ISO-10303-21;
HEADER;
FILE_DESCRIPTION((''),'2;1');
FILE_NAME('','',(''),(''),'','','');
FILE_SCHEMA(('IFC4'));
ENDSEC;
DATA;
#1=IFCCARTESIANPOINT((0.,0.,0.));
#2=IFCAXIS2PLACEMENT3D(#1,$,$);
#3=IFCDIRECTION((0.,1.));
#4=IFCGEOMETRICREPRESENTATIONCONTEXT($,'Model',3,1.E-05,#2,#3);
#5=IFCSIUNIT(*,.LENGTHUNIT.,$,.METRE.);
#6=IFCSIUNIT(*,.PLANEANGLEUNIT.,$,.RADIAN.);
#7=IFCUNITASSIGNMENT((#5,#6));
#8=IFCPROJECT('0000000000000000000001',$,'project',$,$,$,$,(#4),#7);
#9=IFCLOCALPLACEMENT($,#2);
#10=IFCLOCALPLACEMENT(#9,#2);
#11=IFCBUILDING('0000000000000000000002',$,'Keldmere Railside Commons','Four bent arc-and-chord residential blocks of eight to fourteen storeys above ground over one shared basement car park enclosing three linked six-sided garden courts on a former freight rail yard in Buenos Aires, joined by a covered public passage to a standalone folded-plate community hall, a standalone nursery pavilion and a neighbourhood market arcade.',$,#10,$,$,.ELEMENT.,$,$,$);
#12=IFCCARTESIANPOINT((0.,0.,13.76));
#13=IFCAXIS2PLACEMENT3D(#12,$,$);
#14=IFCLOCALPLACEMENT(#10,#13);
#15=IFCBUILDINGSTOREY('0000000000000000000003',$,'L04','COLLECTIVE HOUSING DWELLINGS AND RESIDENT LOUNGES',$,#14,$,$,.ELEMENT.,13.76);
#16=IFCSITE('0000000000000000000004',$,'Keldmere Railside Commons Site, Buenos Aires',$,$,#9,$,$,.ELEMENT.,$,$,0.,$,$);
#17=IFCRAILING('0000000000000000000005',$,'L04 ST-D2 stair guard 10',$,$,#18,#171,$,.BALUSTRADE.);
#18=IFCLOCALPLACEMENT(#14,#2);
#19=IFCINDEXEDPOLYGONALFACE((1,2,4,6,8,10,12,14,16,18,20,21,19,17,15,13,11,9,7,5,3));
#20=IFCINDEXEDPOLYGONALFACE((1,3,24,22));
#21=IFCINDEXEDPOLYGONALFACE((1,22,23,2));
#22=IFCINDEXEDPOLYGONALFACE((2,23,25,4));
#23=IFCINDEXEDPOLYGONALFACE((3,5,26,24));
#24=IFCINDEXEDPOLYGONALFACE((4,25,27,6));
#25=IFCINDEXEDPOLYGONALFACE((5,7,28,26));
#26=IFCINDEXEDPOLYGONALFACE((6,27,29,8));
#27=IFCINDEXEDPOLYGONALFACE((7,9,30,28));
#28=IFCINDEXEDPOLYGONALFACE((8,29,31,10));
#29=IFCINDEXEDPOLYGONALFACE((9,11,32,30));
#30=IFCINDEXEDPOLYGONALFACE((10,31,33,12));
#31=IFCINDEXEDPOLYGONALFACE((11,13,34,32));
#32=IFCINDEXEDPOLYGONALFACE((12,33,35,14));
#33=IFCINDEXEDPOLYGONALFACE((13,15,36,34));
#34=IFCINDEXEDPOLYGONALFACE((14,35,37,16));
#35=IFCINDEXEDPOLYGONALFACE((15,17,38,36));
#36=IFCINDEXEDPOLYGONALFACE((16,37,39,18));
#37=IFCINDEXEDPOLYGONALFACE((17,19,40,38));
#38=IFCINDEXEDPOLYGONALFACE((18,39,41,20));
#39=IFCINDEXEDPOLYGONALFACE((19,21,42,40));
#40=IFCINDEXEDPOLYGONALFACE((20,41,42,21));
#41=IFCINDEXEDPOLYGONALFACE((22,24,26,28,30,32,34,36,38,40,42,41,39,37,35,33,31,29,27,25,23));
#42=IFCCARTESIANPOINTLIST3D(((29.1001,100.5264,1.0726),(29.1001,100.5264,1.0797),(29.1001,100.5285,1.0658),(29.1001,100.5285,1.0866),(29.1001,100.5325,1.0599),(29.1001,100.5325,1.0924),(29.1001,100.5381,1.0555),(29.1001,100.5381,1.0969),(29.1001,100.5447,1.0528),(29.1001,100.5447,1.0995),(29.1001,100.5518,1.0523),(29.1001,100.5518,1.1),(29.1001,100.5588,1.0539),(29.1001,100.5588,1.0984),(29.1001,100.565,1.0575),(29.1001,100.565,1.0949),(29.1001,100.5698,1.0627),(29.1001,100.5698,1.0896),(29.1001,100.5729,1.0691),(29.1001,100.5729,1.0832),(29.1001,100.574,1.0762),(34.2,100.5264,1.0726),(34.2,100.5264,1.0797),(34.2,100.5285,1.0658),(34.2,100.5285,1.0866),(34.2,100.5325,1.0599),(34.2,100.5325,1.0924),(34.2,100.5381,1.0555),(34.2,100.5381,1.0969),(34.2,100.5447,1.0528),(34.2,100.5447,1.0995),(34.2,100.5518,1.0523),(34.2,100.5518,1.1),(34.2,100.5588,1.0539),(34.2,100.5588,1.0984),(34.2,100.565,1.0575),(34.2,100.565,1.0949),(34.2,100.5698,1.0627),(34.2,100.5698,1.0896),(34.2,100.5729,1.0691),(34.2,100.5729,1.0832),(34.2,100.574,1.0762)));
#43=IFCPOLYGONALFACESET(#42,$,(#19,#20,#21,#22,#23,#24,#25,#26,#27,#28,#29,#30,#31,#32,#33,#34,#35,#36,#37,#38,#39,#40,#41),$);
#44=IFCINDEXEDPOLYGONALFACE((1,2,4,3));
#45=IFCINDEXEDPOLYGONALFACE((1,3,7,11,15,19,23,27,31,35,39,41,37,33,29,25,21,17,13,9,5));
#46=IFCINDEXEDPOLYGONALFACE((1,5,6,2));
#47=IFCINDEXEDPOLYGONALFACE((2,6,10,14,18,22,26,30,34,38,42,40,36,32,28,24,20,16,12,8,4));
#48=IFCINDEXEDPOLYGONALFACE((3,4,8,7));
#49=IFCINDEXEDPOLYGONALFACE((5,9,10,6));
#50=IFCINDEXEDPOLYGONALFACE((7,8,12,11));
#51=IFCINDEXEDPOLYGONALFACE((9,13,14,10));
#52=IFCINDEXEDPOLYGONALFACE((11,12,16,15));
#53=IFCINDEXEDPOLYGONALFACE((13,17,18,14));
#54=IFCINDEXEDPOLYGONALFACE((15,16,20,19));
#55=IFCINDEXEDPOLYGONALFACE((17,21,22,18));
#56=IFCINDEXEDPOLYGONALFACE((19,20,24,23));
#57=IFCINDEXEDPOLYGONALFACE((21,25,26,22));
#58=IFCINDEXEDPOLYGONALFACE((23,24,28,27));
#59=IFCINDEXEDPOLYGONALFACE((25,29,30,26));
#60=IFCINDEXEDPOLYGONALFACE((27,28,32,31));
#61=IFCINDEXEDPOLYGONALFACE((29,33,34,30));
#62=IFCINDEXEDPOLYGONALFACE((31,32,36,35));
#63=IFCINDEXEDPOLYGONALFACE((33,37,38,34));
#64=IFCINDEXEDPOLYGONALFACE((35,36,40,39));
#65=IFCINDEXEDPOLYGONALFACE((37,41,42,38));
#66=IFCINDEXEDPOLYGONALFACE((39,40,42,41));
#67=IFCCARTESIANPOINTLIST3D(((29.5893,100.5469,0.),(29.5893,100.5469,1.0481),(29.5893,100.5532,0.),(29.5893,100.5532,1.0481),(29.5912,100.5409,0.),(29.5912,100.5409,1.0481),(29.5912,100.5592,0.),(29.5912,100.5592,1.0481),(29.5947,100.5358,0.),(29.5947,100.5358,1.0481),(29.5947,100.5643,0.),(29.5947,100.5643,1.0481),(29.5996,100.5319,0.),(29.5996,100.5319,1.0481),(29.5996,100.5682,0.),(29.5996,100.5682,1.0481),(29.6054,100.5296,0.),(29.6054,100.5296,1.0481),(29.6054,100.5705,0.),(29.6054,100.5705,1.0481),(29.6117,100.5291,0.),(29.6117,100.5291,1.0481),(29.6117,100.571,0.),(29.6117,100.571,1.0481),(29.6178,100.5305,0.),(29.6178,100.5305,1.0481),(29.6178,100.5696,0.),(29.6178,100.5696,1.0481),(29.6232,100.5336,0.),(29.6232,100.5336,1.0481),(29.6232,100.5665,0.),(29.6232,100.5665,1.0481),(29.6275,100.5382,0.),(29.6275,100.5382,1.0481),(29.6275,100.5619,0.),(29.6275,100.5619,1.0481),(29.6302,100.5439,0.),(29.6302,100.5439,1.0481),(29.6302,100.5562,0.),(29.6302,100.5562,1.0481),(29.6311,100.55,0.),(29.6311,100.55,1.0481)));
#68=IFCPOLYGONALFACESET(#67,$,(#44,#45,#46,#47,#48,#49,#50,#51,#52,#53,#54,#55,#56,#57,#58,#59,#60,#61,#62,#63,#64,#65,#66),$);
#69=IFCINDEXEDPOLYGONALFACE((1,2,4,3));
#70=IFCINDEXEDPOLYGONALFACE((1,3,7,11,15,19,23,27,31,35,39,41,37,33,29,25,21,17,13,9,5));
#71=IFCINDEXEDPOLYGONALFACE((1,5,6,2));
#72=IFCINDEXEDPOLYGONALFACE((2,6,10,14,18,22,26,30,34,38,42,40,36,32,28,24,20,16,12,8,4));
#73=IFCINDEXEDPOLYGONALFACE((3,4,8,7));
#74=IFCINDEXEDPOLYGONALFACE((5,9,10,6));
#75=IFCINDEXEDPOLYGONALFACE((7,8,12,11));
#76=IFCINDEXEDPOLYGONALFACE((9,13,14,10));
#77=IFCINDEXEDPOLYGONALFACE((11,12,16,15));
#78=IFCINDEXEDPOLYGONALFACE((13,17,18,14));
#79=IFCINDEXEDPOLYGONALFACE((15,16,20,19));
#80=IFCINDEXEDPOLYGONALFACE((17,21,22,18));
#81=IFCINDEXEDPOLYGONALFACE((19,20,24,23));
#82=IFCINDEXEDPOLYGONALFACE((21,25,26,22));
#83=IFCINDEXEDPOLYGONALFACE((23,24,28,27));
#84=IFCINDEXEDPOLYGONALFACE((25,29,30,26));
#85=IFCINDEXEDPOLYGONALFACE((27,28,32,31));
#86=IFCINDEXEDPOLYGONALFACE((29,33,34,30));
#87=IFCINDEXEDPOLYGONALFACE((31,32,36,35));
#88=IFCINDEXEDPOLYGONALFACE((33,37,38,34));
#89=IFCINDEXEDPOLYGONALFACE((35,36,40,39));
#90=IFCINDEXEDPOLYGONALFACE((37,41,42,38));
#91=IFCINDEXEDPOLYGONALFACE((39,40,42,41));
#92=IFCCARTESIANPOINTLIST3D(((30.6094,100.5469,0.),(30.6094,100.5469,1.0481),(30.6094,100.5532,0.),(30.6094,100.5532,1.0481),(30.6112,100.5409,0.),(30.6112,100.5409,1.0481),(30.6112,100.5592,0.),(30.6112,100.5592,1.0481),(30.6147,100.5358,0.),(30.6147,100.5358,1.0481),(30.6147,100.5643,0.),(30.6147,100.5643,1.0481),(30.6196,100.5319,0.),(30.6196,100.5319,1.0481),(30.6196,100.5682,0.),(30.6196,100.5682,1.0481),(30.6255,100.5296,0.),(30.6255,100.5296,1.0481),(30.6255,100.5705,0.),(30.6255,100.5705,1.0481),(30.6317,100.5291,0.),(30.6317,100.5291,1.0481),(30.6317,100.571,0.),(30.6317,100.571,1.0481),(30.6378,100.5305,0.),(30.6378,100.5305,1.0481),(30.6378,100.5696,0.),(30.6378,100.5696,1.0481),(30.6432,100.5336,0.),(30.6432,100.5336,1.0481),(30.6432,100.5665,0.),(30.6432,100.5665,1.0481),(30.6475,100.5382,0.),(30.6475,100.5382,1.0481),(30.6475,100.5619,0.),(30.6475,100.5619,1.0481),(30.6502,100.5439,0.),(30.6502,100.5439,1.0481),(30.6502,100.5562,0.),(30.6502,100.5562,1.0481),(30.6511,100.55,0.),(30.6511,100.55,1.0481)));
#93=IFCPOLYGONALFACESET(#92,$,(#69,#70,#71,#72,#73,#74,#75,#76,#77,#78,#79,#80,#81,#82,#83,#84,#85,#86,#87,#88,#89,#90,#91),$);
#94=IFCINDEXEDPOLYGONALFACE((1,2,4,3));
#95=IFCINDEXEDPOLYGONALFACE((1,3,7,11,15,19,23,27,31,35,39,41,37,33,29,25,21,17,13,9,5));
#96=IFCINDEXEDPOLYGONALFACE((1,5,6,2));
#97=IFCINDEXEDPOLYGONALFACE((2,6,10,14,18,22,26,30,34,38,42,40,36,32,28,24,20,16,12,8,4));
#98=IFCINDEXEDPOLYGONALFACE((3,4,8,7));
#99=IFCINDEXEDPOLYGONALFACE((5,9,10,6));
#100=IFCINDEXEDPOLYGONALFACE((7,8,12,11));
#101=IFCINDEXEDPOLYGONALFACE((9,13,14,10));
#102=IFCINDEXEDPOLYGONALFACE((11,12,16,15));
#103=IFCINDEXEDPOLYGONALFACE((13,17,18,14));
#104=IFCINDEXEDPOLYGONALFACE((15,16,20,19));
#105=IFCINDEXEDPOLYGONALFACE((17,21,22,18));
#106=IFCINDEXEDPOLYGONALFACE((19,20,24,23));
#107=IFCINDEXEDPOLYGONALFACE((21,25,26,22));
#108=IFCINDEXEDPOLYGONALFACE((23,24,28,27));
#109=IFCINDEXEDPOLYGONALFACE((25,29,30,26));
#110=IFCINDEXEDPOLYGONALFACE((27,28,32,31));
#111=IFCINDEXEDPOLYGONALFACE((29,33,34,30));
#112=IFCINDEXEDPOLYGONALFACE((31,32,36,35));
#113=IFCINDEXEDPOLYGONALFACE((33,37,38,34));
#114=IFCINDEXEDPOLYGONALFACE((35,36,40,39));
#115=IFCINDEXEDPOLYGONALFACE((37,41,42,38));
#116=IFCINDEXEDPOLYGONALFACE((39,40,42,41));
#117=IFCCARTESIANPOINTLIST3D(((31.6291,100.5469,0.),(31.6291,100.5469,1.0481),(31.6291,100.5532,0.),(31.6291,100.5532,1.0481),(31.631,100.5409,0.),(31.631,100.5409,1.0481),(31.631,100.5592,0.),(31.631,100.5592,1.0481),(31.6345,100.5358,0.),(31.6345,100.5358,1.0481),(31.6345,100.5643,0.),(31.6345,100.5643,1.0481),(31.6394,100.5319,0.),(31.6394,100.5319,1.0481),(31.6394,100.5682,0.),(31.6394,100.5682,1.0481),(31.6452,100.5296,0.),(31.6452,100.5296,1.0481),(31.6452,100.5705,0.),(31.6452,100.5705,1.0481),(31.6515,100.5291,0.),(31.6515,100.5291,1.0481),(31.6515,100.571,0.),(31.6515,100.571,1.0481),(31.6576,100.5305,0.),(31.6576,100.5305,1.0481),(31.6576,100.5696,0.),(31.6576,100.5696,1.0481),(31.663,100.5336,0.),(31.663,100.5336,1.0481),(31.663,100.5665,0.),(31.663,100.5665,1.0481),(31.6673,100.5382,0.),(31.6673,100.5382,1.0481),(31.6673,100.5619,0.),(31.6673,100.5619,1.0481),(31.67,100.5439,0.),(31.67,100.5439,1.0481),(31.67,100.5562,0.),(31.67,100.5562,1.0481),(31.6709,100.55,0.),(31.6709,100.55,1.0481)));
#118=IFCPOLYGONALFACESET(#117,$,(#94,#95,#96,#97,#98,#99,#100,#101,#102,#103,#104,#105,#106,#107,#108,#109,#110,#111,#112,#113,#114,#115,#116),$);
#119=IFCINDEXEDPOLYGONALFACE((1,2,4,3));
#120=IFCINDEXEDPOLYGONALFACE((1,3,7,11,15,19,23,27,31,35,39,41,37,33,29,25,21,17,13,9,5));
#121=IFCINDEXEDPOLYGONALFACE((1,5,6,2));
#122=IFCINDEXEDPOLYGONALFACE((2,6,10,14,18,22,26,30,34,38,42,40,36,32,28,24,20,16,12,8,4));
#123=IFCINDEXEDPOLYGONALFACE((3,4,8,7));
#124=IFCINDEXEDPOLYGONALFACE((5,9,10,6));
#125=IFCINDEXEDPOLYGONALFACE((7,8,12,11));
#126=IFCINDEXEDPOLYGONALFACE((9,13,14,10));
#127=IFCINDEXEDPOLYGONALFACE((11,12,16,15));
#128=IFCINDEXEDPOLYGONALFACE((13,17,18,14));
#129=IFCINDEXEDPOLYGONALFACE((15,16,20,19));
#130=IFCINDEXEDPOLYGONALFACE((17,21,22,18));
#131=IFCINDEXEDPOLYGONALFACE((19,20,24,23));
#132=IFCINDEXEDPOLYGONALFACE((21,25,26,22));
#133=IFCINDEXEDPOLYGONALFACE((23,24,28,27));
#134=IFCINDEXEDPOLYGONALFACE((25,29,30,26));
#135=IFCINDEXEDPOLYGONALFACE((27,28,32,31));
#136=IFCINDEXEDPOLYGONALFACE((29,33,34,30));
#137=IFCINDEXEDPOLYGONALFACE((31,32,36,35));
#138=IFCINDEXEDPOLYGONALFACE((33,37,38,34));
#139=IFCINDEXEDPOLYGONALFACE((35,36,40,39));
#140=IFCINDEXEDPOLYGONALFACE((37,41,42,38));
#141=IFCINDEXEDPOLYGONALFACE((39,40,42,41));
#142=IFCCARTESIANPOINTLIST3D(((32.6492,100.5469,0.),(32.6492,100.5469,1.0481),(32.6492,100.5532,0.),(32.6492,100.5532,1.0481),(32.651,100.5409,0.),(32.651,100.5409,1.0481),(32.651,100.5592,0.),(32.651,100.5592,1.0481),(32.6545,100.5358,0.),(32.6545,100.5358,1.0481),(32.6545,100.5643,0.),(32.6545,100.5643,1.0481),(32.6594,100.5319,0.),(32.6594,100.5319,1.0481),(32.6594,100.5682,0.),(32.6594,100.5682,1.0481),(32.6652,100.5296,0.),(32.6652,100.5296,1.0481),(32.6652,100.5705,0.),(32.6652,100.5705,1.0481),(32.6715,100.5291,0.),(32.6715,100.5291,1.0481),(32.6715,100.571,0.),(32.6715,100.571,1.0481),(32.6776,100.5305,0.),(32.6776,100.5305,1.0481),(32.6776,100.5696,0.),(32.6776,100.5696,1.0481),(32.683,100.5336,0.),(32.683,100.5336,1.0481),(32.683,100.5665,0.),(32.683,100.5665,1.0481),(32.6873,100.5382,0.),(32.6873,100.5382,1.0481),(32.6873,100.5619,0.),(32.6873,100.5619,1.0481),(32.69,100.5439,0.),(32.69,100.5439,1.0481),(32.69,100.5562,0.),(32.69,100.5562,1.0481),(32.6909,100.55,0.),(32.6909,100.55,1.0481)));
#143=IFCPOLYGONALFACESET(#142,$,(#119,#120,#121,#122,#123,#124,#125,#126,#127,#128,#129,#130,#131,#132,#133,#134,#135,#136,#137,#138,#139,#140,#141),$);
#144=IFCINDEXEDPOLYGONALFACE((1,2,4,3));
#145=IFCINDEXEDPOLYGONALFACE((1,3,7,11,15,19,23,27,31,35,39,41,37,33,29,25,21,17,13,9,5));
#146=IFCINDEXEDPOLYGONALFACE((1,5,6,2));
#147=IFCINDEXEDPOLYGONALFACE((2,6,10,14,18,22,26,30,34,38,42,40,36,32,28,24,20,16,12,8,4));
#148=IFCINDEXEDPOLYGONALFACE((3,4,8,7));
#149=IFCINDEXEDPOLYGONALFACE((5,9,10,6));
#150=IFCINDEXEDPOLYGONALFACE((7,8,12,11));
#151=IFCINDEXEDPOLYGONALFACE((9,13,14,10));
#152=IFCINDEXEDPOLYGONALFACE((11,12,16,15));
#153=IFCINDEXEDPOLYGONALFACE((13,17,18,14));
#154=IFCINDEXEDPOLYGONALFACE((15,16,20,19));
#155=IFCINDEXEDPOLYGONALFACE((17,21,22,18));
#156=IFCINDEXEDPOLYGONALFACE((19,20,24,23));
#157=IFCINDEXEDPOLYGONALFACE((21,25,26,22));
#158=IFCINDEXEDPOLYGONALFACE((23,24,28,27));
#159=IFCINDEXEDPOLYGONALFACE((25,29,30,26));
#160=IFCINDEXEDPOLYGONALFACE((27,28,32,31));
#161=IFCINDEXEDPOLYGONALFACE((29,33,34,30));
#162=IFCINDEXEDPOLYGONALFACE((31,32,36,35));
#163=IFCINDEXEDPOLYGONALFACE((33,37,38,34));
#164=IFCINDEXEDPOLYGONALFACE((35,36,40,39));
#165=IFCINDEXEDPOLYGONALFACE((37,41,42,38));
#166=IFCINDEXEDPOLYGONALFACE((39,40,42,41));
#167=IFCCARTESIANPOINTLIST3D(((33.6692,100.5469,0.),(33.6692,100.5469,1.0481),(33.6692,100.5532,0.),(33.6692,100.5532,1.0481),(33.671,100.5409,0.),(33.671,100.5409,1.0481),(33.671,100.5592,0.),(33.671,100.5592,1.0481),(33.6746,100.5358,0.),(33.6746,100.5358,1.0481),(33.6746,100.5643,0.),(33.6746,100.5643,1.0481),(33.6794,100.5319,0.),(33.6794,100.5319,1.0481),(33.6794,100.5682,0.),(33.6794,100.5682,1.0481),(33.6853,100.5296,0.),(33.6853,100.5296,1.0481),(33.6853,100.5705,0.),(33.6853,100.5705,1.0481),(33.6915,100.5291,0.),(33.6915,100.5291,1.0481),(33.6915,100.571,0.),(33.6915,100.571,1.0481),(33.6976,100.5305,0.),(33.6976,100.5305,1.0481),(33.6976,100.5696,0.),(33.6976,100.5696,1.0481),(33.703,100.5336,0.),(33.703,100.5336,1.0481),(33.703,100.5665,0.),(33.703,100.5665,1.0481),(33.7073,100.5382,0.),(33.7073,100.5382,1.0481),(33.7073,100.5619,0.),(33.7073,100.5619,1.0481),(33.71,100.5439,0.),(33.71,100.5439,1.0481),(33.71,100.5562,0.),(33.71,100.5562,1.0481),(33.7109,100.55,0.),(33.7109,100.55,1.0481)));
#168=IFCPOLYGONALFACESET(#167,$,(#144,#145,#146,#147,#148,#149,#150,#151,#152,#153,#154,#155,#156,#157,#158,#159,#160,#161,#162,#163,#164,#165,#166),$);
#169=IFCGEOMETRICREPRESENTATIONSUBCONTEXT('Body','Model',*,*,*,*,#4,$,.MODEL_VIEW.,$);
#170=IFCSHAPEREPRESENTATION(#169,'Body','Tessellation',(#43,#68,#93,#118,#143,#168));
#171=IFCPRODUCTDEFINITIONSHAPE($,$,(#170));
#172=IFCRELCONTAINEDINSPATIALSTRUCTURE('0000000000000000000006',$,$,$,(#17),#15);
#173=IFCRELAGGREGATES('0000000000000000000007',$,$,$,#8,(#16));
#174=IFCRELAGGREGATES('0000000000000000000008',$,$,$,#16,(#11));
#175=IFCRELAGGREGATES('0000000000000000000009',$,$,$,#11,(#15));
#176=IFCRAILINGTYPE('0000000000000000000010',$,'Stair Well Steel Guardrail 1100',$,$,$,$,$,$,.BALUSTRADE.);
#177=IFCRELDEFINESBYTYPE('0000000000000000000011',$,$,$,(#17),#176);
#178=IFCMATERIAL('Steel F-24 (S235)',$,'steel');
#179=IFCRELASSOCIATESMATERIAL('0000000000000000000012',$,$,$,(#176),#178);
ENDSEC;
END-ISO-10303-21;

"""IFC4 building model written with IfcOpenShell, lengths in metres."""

from ifc_helpers import new_model, si_unit, direction, frame, origin, origin_2d, place, context, subcontext, project, spatial, circle, extrude, material, type_object, element, save


model = new_model("IFC4")

# Units and contexts
model_context = context("Model", 3, precision=1e-05, world=origin(), true_north=direction((0.0, 1.0)))
body_context = subcontext(model_context, "Body", "Model", "MODEL_VIEW")
ifc_project = project(units=[si_unit("LENGTHUNIT", "METRE"), si_unit("PLANEANGLEUNIT", "RADIAN")], contexts=[model_context])

# Site, building, storey
site_placement = place(None, origin())
site = spatial("IfcSite", under=ifc_project, at=site_placement, Name="Keldmere Railside Commons Site, Buenos Aires", CompositionType="ELEMENT", RefElevation=0.0)
building_placement = place(site_placement, origin())
building = spatial("IfcBuilding", under=site, at=building_placement, Name="Keldmere Railside Commons", Description="Four bent arc-and-chord residential blocks of eight to fourteen storeys above ground over one shared basement car park enclosing three linked six-sided garden courts on a former freight rail yard in Buenos Aires, joined by a covered public passage to a standalone folded-plate community hall, a standalone nursery pavilion and a neighbourhood market arcade.", CompositionType="ELEMENT")
storey_placement = place(building_placement, frame((0.0, 0.0, 13.76)))
storey = spatial("IfcBuildingStorey", under=building, at=storey_placement, Name="L04", Description="COLLECTIVE HOUSING DWELLINGS AND RESIDENT LOUNGES", CompositionType="ELEMENT", Elevation=13.76)

# Railing
ifc_material_1 = material(Name="Steel F-24 (S235)", Category="steel")
railing_type_1 = type_object("IfcRailingType", Name="Stair Well Steel Guardrail 1100", PredefinedType="BALUSTRADE", material=ifc_material_1)
railing_1_placement = place(storey_placement, frame((29.1001, 100.55, 0.0)))
element("IfcRailing", 1, at=railing_1_placement, inside=storey, type_object=railing_type_1, Name="L04 ST-D2 stair guard 10", PredefinedType="BALUSTRADE", context=body_context, shape_type="SweptSolid", body=[
    extrude(circle(Radius=0.0239, at=origin_2d()), frame((0.0, 0.0, 1.0762), z_axis=(1.0, 0.0, 0.0), x_axis=(0.0, 1.0, 0.0)), (0.0, 0.0, 1.0), 5.0999),
    extrude(circle(Radius=0.021, at=origin_2d()), frame((0.51, 0.0, 0.0)), (0.0, 0.0, 1.0), 1.0481),
    extrude(circle(Radius=0.021, at=origin_2d()), frame((1.53, 0.0, 0.0)), (0.0, 0.0, 1.0), 1.0481),
    extrude(circle(Radius=0.021, at=origin_2d()), frame((2.5498, 0.0, 0.0)), (0.0, 0.0, 1.0), 1.0481),
    extrude(circle(Radius=0.021, at=origin_2d()), frame((3.5698, 0.0, 0.0)), (0.0, 0.0, 1.0), 1.0481),
    extrude(circle(Radius=0.021, at=origin_2d()), frame((4.5898, 0.0, 0.0)), (0.0, 0.0, 1.0), 1.0481),
])

save(model, "model.ifc")
